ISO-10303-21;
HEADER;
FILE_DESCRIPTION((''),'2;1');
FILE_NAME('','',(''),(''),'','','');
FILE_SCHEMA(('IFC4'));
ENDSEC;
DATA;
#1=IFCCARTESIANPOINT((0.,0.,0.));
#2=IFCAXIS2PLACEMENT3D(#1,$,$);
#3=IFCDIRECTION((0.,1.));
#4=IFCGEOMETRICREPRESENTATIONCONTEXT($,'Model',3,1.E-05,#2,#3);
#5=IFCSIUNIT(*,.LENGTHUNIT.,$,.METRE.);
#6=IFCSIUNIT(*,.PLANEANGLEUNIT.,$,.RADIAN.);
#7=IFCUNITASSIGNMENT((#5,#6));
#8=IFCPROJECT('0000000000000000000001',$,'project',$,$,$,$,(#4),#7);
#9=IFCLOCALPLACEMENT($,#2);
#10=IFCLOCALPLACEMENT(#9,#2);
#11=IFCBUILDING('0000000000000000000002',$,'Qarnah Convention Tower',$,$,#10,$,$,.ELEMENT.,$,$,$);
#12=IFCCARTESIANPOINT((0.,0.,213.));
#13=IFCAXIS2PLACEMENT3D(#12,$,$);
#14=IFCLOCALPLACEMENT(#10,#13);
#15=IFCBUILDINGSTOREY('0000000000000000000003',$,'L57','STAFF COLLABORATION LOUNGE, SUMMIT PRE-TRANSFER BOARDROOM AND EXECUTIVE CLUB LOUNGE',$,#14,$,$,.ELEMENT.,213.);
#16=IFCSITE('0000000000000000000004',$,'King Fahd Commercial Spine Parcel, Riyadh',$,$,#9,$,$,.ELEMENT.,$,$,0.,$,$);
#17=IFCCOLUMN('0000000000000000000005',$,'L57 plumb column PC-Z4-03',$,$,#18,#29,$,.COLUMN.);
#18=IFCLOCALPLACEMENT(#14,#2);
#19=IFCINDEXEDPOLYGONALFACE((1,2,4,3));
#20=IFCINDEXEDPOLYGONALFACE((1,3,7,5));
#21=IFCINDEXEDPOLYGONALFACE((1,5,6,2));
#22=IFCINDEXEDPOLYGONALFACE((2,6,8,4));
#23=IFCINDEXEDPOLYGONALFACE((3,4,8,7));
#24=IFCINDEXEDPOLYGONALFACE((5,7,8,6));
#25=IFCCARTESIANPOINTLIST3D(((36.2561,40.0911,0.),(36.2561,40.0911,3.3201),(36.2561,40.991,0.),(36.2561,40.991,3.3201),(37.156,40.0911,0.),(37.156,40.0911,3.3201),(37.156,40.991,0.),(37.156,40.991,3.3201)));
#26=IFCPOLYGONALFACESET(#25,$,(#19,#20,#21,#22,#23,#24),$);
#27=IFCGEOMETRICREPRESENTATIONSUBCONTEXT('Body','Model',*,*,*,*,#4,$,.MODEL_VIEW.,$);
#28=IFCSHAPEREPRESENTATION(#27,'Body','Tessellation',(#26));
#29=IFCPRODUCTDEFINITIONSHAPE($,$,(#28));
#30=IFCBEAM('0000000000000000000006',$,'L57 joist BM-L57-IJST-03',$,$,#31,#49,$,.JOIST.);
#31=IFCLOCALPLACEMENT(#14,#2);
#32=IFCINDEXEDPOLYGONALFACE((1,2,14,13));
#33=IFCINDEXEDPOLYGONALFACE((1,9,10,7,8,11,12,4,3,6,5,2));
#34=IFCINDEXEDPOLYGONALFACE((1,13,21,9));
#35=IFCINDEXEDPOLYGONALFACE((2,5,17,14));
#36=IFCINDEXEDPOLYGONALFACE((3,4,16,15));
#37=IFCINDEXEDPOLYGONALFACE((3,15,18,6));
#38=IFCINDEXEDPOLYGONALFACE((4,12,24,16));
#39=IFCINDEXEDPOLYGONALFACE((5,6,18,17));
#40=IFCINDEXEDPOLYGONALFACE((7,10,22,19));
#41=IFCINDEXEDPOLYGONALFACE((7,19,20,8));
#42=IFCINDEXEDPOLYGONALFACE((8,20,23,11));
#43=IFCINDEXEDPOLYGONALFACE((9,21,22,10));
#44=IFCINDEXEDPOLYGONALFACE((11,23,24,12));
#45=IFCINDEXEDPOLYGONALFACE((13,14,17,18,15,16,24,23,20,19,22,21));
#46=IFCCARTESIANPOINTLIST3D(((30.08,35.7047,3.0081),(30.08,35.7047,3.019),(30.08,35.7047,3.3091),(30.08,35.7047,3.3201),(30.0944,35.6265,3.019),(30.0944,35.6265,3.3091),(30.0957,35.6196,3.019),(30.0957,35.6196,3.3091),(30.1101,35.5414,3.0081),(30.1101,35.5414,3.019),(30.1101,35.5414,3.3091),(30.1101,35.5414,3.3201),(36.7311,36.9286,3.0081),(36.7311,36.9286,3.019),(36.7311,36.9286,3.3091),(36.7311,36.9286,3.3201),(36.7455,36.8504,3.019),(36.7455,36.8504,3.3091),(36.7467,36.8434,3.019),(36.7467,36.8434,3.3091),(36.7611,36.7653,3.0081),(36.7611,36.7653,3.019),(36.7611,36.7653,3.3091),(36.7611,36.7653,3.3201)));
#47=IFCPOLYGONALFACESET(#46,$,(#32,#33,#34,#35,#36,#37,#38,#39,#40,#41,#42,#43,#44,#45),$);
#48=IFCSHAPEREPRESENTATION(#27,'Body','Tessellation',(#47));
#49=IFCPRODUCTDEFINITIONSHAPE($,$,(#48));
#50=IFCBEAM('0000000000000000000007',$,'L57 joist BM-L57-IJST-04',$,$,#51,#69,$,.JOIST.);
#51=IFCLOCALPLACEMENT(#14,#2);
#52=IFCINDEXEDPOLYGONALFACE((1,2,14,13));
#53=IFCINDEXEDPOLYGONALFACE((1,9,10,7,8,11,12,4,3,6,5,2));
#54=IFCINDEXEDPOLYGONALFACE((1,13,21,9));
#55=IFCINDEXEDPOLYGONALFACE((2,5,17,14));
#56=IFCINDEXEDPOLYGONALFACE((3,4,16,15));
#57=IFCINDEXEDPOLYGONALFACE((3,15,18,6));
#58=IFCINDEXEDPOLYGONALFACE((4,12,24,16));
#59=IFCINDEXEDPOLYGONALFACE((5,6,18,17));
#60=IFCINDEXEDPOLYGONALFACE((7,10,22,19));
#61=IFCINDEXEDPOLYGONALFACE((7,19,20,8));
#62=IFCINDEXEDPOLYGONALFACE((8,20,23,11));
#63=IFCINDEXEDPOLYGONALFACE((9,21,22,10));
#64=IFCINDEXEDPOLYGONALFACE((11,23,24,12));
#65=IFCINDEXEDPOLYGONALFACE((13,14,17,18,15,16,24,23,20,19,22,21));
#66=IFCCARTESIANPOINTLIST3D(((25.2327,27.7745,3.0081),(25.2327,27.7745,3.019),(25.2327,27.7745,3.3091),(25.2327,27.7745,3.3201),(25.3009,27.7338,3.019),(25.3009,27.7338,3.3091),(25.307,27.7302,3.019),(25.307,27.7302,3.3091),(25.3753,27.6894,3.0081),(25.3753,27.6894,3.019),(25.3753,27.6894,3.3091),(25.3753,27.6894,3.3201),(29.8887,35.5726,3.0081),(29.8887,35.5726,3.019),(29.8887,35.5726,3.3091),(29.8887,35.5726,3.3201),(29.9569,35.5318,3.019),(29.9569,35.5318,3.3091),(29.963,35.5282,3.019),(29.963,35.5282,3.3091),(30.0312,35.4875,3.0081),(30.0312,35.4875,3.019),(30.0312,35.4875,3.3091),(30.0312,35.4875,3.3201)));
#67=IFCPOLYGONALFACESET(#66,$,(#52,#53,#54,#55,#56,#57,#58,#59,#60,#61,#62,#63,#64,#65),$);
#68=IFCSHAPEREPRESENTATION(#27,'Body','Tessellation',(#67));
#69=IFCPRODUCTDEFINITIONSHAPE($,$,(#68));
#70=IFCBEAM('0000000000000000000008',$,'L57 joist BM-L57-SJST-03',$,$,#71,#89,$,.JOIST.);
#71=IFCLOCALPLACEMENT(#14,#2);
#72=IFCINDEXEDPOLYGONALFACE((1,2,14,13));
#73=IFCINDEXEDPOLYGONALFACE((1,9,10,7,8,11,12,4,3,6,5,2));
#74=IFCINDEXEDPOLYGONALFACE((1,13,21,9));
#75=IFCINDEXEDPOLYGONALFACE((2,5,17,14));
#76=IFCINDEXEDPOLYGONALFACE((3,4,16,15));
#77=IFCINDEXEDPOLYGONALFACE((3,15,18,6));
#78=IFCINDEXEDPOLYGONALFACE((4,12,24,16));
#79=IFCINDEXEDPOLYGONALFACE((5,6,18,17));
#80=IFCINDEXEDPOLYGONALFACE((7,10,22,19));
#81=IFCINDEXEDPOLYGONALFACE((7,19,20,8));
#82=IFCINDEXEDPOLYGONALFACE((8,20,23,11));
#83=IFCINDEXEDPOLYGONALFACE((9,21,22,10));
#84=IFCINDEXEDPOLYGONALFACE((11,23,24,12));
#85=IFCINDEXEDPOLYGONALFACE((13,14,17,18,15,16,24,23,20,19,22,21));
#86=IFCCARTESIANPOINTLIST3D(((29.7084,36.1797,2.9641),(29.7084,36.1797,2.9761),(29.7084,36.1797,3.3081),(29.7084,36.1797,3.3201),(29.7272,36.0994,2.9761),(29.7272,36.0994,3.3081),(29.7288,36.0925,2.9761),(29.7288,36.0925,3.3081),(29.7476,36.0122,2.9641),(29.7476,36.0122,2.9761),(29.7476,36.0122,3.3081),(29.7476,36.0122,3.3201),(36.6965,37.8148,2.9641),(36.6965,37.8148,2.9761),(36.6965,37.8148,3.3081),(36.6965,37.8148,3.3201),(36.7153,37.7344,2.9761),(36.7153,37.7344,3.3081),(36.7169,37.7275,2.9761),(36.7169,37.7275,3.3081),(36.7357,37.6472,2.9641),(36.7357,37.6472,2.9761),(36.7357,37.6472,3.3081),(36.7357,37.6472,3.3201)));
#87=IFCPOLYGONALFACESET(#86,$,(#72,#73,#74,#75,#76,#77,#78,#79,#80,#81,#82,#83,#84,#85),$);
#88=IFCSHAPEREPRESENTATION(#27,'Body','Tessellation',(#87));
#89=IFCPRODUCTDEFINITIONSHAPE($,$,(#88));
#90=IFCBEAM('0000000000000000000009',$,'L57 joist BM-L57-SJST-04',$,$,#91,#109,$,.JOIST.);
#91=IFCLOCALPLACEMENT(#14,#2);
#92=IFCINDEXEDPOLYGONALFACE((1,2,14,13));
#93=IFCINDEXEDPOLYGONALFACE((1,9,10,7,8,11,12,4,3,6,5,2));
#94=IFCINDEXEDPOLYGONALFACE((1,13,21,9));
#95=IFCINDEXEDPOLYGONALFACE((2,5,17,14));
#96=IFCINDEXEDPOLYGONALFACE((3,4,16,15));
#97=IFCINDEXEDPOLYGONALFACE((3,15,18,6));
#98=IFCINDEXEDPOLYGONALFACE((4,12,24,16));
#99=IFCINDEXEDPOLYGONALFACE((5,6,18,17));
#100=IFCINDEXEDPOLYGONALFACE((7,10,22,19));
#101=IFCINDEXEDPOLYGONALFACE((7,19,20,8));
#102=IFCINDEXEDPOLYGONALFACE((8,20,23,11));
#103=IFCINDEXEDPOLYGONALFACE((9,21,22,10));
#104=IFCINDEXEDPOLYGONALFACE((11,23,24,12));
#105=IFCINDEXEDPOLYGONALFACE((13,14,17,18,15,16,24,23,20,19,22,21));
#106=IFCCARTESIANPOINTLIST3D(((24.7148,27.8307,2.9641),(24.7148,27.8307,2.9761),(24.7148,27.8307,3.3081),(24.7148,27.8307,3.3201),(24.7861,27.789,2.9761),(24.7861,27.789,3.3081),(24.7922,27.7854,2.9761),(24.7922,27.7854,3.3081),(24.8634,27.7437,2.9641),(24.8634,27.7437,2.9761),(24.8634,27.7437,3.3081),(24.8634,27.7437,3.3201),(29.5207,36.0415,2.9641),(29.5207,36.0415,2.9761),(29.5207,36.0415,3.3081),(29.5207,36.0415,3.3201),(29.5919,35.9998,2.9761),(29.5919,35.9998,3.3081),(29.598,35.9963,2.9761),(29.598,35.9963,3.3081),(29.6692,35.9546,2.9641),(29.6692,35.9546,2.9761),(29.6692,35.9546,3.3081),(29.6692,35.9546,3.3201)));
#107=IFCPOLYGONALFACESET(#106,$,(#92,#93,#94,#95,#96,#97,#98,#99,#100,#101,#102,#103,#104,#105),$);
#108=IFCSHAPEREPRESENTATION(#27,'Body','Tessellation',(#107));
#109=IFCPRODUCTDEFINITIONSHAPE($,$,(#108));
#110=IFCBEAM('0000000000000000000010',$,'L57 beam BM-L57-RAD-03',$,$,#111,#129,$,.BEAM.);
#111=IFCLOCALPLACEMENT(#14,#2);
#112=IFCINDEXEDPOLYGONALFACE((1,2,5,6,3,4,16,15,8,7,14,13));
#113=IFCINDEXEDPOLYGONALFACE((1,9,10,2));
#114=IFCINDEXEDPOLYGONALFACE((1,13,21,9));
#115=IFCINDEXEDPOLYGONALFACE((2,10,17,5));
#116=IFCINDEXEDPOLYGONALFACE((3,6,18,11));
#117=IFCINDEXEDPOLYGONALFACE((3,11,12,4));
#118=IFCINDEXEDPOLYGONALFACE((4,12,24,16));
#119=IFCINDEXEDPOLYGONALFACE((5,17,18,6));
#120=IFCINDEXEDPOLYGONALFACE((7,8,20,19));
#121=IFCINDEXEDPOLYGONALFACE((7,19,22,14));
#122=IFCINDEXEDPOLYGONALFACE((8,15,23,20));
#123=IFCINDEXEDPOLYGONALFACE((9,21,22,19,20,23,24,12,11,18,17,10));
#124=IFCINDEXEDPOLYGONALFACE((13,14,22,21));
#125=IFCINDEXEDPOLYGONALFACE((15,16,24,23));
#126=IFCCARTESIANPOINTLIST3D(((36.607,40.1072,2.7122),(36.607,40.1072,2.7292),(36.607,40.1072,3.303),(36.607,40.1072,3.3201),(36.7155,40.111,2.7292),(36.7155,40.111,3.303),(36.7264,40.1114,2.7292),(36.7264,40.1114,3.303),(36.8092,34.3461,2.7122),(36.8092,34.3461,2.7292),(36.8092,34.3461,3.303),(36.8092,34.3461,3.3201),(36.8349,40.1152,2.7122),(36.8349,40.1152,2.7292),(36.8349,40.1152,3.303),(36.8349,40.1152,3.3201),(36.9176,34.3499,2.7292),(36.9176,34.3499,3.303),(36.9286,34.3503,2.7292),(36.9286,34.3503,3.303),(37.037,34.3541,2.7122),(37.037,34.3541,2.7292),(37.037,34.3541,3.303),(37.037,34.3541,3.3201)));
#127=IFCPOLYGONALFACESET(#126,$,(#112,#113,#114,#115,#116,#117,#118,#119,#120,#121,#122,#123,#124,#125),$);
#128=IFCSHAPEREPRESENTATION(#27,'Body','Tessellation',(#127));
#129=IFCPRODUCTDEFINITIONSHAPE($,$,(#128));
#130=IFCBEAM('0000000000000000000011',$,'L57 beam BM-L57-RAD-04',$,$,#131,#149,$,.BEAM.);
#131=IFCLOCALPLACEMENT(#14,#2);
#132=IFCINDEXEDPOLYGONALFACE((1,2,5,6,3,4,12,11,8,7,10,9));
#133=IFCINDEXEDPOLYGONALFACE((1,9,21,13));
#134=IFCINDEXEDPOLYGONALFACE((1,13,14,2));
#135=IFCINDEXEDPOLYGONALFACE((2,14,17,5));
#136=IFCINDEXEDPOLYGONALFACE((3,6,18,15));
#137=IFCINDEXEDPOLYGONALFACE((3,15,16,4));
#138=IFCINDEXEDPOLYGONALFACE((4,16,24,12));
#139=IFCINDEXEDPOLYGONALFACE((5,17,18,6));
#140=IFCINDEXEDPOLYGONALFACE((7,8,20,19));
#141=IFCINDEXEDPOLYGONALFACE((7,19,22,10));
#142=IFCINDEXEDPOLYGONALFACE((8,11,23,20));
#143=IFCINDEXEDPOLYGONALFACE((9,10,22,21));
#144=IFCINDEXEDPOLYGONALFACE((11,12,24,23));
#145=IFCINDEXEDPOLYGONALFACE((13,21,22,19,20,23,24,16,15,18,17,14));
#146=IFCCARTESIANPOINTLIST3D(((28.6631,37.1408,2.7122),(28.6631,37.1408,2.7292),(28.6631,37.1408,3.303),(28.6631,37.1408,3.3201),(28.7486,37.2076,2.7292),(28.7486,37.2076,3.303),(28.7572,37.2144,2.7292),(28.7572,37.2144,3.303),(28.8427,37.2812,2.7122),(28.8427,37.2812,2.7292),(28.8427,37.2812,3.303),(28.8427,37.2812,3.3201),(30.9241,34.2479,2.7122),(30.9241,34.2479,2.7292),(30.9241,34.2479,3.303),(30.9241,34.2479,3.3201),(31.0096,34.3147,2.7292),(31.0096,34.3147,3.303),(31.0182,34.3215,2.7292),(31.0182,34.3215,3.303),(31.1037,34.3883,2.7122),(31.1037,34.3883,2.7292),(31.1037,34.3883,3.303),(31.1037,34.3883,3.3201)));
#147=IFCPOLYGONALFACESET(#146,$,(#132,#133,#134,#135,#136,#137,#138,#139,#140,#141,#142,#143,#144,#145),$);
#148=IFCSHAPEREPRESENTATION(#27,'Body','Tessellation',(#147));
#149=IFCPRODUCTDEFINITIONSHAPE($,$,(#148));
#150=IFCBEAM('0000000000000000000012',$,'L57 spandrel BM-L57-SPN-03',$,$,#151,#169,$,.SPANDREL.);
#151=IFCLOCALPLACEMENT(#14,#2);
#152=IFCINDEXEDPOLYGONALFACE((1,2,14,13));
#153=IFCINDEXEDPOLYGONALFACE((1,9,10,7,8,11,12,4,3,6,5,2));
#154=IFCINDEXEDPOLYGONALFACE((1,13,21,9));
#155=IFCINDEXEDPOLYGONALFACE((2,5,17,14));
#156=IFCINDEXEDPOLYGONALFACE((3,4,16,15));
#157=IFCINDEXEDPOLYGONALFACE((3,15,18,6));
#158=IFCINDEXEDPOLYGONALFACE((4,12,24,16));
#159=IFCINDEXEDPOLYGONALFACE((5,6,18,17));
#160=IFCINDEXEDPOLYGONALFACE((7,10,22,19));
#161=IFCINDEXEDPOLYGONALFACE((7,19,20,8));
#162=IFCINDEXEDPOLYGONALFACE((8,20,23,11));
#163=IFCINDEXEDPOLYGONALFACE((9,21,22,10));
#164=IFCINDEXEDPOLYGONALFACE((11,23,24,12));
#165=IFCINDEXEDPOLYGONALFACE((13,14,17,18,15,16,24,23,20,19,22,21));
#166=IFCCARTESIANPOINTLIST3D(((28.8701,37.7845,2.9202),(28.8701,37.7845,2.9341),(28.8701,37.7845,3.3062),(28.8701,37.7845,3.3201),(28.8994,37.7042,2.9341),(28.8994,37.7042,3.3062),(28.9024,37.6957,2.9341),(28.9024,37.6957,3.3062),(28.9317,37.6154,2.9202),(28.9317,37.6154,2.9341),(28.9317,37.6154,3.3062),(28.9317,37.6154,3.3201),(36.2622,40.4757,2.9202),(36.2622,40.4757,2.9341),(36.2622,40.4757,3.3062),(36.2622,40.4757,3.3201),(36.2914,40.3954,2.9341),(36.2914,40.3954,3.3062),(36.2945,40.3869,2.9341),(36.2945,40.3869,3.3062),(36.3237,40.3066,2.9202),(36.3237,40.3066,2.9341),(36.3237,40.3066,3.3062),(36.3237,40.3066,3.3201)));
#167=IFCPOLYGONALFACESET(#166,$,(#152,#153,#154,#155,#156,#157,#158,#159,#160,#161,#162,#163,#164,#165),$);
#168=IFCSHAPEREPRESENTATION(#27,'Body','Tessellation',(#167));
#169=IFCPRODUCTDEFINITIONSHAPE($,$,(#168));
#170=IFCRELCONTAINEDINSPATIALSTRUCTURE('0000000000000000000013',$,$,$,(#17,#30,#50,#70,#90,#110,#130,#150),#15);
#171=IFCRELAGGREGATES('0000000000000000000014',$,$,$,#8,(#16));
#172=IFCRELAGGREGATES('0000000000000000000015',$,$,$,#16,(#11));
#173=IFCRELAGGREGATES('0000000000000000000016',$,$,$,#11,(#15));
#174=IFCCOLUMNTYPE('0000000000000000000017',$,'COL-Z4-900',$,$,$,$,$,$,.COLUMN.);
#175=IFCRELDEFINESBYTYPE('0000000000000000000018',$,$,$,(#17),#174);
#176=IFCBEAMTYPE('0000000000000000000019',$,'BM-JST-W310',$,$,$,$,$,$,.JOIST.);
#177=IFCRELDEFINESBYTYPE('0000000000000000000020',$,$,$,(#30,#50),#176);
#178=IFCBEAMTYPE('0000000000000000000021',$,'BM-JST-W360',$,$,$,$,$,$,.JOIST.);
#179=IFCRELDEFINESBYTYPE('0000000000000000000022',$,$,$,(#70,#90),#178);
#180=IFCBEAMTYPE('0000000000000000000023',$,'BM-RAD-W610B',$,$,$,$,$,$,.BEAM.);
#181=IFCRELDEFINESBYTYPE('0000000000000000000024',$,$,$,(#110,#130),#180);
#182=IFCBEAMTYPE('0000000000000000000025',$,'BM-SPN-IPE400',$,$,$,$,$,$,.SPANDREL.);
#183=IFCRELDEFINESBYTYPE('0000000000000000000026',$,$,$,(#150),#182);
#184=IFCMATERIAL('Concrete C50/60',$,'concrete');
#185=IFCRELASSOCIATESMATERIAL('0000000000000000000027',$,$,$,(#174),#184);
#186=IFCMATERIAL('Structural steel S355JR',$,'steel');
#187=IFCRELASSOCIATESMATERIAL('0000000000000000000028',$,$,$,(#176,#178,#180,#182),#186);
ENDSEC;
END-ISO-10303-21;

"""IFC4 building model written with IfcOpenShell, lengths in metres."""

from ifc_helpers import new_model, si_unit, direction, frame, origin, origin_2d, place, context, subcontext, project, spatial, rectangle, i_section, extrude, material, material_profile, profile_set, type_object, element, save


model = new_model("IFC4")

# Units and contexts
model_context = context("Model", 3, precision=1e-05, world=origin(), true_north=direction((0.0, 1.0)))
body_context = subcontext(model_context, "Body", "Model", "MODEL_VIEW")
ifc_project = project(units=[si_unit("LENGTHUNIT", "METRE"), si_unit("PLANEANGLEUNIT", "RADIAN")], contexts=[model_context])

# Site, building, storey
site_placement = place(None, origin())
site = spatial("IfcSite", under=ifc_project, at=site_placement, Name="King Fahd Commercial Spine Parcel, Riyadh", CompositionType="ELEMENT", RefElevation=0.0)
building_placement = place(site_placement, origin())
building = spatial("IfcBuilding", under=site, at=building_placement, Name="Qarnah Convention Tower", CompositionType="ELEMENT")
storey_placement = place(building_placement, frame((0.0, 0.0, 213.0)))
storey = spatial("IfcBuildingStorey", under=building, at=storey_placement, Name="L57", Description="STAFF COLLABORATION LOUNGE, SUMMIT PRE-TRANSFER BOARDROOM AND EXECUTIVE CLUB LOUNGE", CompositionType="ELEMENT", Elevation=213.0)

# Column
ifc_material_1 = material(Name="Concrete C50/60", Category="concrete")
ifc_material_profile_1 = material_profile(ifc_material_1, rectangle(XDim=0.8999, YDim=0.8999, at=origin_2d()), Name="RC-COL-900X900")
ifc_profile_set_1 = profile_set([ifc_material_profile_1], Name="Concrete C50/60")
column_type = type_object("IfcColumnType", Name="COL-Z4-900", PredefinedType="COLUMN", material=ifc_profile_set_1)
column_placement = place(storey_placement, frame((36.7061, 40.541, 0.0), z_axis=(0.0, 0.0, 1.0), x_axis=(1.0, 0.0, 0.0)))
element("IfcColumn", 1, at=column_placement, inside=storey, type_object=column_type, Name="L57 plumb column PC-Z4-03", PredefinedType="COLUMN", context=body_context, shape_type="SweptSolid", body=[
    extrude(rectangle(XDim=0.8999, YDim=0.8999, at=origin_2d()), origin(), (0.0, 0.0, 1.0), 3.3201),
])

# Beams
ifc_material_2 = material(Name="Structural steel S355JR", Category="steel")
ifc_material_profile_2 = material_profile(ifc_material_2, i_section(OverallWidth=0.166, OverallDepth=0.312, WebThickness=0.0071, FlangeThickness=0.011, at=origin_2d()), Name="W310X45")
ifc_profile_set_2 = profile_set([ifc_material_profile_2], Name="Structural steel S355JR")
beam_type_1 = type_object("IfcBeamType", Name="BM-JST-W310", PredefinedType="JOIST", material=ifc_profile_set_2)
beam_1_placement = place(storey_placement, frame((36.7461, 36.8469, 3.1641), z_axis=(-0.983488, -0.180972, 0.0), x_axis=(0.180972, -0.983488, 0.0)))
element("IfcBeam", 2, at=beam_1_placement, inside=storey, type_object=beam_type_1, Name="L57 joist BM-L57-IJST-03", PredefinedType="JOIST", context=body_context, shape_type="SweptSolid", body=[
    extrude(i_section(OverallWidth=0.166, OverallDepth=0.312, WebThickness=0.0071, FlangeThickness=0.011, at=origin_2d()), origin(), (0.0, 0.0, 1.0), 6.7627),
])
beam_2_placement = place(storey_placement, frame((29.96, 35.53, 3.1641), z_axis=(-0.512645, -0.858601, 0.0), x_axis=(0.858601, -0.512645, 0.0)))
element("IfcBeam", 3, at=beam_2_placement, inside=storey, type_object=beam_type_1, Name="L57 joist BM-L57-IJST-04", PredefinedType="JOIST", context=body_context, shape_type="SweptSolid", body=[
    extrude(i_section(OverallWidth=0.166, OverallDepth=0.312, WebThickness=0.0071, FlangeThickness=0.011, at=origin_2d()), origin(), (0.0, 0.0, 1.0), 9.0823),
])
ifc_material_profile_3 = material_profile(ifc_material_2, i_section(OverallWidth=0.1721, OverallDepth=0.356, WebThickness=0.0071, FlangeThickness=0.012, at=origin_2d()), Name="W360X51")
ifc_profile_set_3 = profile_set([ifc_material_profile_3], Name="Structural steel S355JR")
beam_type_2 = type_object("IfcBeamType", Name="BM-JST-W360", PredefinedType="JOIST", material=ifc_profile_set_3)
beam_3_placement = place(storey_placement, frame((36.7161, 37.731, 3.1421), z_axis=(-0.973703, -0.22782, 0.0), x_axis=(0.22782, -0.973703, 0.0)))
element("IfcBeam", 4, at=beam_3_placement, inside=storey, type_object=beam_type_2, Name="L57 joist BM-L57-SJST-03", PredefinedType="JOIST", context=body_context, shape_type="SweptSolid", body=[
    extrude(i_section(OverallWidth=0.1721, OverallDepth=0.356, WebThickness=0.0071, FlangeThickness=0.012, at=origin_2d()), origin(), (0.0, 0.0, 1.0), 7.1768),
])
beam_4_placement = place(storey_placement, frame((29.595, 35.998, 3.1421), z_axis=(-0.505141, -0.863037, 0.0), x_axis=(0.863037, -0.505141, 0.0)))
element("IfcBeam", 5, at=beam_4_placement, inside=storey, type_object=beam_type_2, Name="L57 joist BM-L57-SJST-04", PredefinedType="JOIST", context=body_context, shape_type="SweptSolid", body=[
    extrude(i_section(OverallWidth=0.1721, OverallDepth=0.356, WebThickness=0.0071, FlangeThickness=0.012, at=origin_2d()), origin(), (0.0, 0.0, 1.0), 9.5139),
])
ifc_material_profile_4 = material_profile(ifc_material_2, i_section(OverallWidth=0.228, OverallDepth=0.6079, WebThickness=0.011, FlangeThickness=0.0171, at=origin_2d()), Name="W610X113")
ifc_profile_set_4 = profile_set([ifc_material_profile_4], Name="Structural steel S355JR")
beam_type_3 = type_object("IfcBeamType", Name="BM-RAD-W610B", PredefinedType="BEAM", material=ifc_profile_set_4)
beam_5_placement = place(storey_placement, frame((36.9231, 34.3501, 3.0161), z_axis=(-0.035068, 0.999385, 0.0), x_axis=(-0.999385, -0.035068, 0.0)))
element("IfcBeam", 6, at=beam_5_placement, inside=storey, type_object=beam_type_3, Name="L57 beam BM-L57-RAD-03", PredefinedType="BEAM", context=body_context, shape_type="SweptSolid", body=[
    extrude(i_section(OverallWidth=0.228, OverallDepth=0.6079, WebThickness=0.011, FlangeThickness=0.0171, at=origin_2d()), origin(), (0.0, 0.0, 1.0), 5.7646),
])
beam_6_placement = place(storey_placement, frame((31.0139, 34.3181, 3.0161), z_axis=(-0.615808, 0.787896, 0.0), x_axis=(-0.787896, -0.615808, 0.0)))
element("IfcBeam", 7, at=beam_6_placement, inside=storey, type_object=beam_type_3, Name="L57 beam BM-L57-RAD-04", PredefinedType="BEAM", context=body_context, shape_type="SweptSolid", body=[
    extrude(i_section(OverallWidth=0.228, OverallDepth=0.6079, WebThickness=0.011, FlangeThickness=0.0171, at=origin_2d()), origin(), (0.0, 0.0, 1.0), 3.6716),
])
ifc_material_profile_5 = material_profile(ifc_material_2, i_section(OverallWidth=0.1799, OverallDepth=0.3999, WebThickness=0.009, FlangeThickness=0.0139, at=origin_2d()), Name="IPE400")
ifc_profile_set_5 = profile_set([ifc_material_profile_5], Name="Structural steel S355JR")
beam_type_4 = type_object("IfcBeamType", Name="BM-SPN-IPE400", PredefinedType="SPANDREL", material=ifc_profile_set_5)
beam_7_placement = place(storey_placement, frame((36.293, 40.3911, 3.1201), z_axis=(-0.939666, -0.342094, 0.0), x_axis=(0.342094, -0.939666, 0.0)))
element("IfcBeam", 8, at=beam_7_placement, inside=storey, type_object=beam_type_4, Name="L57 spandrel BM-L57-SPN-03", PredefinedType="SPANDREL", context=body_context, shape_type="SweptSolid", body=[
    extrude(i_section(OverallWidth=0.1799, OverallDepth=0.3999, WebThickness=0.009, FlangeThickness=0.0139, at=origin_2d()), origin(), (0.0, 0.0, 1.0), 7.8667),
])

save(model, "model.ifc")
